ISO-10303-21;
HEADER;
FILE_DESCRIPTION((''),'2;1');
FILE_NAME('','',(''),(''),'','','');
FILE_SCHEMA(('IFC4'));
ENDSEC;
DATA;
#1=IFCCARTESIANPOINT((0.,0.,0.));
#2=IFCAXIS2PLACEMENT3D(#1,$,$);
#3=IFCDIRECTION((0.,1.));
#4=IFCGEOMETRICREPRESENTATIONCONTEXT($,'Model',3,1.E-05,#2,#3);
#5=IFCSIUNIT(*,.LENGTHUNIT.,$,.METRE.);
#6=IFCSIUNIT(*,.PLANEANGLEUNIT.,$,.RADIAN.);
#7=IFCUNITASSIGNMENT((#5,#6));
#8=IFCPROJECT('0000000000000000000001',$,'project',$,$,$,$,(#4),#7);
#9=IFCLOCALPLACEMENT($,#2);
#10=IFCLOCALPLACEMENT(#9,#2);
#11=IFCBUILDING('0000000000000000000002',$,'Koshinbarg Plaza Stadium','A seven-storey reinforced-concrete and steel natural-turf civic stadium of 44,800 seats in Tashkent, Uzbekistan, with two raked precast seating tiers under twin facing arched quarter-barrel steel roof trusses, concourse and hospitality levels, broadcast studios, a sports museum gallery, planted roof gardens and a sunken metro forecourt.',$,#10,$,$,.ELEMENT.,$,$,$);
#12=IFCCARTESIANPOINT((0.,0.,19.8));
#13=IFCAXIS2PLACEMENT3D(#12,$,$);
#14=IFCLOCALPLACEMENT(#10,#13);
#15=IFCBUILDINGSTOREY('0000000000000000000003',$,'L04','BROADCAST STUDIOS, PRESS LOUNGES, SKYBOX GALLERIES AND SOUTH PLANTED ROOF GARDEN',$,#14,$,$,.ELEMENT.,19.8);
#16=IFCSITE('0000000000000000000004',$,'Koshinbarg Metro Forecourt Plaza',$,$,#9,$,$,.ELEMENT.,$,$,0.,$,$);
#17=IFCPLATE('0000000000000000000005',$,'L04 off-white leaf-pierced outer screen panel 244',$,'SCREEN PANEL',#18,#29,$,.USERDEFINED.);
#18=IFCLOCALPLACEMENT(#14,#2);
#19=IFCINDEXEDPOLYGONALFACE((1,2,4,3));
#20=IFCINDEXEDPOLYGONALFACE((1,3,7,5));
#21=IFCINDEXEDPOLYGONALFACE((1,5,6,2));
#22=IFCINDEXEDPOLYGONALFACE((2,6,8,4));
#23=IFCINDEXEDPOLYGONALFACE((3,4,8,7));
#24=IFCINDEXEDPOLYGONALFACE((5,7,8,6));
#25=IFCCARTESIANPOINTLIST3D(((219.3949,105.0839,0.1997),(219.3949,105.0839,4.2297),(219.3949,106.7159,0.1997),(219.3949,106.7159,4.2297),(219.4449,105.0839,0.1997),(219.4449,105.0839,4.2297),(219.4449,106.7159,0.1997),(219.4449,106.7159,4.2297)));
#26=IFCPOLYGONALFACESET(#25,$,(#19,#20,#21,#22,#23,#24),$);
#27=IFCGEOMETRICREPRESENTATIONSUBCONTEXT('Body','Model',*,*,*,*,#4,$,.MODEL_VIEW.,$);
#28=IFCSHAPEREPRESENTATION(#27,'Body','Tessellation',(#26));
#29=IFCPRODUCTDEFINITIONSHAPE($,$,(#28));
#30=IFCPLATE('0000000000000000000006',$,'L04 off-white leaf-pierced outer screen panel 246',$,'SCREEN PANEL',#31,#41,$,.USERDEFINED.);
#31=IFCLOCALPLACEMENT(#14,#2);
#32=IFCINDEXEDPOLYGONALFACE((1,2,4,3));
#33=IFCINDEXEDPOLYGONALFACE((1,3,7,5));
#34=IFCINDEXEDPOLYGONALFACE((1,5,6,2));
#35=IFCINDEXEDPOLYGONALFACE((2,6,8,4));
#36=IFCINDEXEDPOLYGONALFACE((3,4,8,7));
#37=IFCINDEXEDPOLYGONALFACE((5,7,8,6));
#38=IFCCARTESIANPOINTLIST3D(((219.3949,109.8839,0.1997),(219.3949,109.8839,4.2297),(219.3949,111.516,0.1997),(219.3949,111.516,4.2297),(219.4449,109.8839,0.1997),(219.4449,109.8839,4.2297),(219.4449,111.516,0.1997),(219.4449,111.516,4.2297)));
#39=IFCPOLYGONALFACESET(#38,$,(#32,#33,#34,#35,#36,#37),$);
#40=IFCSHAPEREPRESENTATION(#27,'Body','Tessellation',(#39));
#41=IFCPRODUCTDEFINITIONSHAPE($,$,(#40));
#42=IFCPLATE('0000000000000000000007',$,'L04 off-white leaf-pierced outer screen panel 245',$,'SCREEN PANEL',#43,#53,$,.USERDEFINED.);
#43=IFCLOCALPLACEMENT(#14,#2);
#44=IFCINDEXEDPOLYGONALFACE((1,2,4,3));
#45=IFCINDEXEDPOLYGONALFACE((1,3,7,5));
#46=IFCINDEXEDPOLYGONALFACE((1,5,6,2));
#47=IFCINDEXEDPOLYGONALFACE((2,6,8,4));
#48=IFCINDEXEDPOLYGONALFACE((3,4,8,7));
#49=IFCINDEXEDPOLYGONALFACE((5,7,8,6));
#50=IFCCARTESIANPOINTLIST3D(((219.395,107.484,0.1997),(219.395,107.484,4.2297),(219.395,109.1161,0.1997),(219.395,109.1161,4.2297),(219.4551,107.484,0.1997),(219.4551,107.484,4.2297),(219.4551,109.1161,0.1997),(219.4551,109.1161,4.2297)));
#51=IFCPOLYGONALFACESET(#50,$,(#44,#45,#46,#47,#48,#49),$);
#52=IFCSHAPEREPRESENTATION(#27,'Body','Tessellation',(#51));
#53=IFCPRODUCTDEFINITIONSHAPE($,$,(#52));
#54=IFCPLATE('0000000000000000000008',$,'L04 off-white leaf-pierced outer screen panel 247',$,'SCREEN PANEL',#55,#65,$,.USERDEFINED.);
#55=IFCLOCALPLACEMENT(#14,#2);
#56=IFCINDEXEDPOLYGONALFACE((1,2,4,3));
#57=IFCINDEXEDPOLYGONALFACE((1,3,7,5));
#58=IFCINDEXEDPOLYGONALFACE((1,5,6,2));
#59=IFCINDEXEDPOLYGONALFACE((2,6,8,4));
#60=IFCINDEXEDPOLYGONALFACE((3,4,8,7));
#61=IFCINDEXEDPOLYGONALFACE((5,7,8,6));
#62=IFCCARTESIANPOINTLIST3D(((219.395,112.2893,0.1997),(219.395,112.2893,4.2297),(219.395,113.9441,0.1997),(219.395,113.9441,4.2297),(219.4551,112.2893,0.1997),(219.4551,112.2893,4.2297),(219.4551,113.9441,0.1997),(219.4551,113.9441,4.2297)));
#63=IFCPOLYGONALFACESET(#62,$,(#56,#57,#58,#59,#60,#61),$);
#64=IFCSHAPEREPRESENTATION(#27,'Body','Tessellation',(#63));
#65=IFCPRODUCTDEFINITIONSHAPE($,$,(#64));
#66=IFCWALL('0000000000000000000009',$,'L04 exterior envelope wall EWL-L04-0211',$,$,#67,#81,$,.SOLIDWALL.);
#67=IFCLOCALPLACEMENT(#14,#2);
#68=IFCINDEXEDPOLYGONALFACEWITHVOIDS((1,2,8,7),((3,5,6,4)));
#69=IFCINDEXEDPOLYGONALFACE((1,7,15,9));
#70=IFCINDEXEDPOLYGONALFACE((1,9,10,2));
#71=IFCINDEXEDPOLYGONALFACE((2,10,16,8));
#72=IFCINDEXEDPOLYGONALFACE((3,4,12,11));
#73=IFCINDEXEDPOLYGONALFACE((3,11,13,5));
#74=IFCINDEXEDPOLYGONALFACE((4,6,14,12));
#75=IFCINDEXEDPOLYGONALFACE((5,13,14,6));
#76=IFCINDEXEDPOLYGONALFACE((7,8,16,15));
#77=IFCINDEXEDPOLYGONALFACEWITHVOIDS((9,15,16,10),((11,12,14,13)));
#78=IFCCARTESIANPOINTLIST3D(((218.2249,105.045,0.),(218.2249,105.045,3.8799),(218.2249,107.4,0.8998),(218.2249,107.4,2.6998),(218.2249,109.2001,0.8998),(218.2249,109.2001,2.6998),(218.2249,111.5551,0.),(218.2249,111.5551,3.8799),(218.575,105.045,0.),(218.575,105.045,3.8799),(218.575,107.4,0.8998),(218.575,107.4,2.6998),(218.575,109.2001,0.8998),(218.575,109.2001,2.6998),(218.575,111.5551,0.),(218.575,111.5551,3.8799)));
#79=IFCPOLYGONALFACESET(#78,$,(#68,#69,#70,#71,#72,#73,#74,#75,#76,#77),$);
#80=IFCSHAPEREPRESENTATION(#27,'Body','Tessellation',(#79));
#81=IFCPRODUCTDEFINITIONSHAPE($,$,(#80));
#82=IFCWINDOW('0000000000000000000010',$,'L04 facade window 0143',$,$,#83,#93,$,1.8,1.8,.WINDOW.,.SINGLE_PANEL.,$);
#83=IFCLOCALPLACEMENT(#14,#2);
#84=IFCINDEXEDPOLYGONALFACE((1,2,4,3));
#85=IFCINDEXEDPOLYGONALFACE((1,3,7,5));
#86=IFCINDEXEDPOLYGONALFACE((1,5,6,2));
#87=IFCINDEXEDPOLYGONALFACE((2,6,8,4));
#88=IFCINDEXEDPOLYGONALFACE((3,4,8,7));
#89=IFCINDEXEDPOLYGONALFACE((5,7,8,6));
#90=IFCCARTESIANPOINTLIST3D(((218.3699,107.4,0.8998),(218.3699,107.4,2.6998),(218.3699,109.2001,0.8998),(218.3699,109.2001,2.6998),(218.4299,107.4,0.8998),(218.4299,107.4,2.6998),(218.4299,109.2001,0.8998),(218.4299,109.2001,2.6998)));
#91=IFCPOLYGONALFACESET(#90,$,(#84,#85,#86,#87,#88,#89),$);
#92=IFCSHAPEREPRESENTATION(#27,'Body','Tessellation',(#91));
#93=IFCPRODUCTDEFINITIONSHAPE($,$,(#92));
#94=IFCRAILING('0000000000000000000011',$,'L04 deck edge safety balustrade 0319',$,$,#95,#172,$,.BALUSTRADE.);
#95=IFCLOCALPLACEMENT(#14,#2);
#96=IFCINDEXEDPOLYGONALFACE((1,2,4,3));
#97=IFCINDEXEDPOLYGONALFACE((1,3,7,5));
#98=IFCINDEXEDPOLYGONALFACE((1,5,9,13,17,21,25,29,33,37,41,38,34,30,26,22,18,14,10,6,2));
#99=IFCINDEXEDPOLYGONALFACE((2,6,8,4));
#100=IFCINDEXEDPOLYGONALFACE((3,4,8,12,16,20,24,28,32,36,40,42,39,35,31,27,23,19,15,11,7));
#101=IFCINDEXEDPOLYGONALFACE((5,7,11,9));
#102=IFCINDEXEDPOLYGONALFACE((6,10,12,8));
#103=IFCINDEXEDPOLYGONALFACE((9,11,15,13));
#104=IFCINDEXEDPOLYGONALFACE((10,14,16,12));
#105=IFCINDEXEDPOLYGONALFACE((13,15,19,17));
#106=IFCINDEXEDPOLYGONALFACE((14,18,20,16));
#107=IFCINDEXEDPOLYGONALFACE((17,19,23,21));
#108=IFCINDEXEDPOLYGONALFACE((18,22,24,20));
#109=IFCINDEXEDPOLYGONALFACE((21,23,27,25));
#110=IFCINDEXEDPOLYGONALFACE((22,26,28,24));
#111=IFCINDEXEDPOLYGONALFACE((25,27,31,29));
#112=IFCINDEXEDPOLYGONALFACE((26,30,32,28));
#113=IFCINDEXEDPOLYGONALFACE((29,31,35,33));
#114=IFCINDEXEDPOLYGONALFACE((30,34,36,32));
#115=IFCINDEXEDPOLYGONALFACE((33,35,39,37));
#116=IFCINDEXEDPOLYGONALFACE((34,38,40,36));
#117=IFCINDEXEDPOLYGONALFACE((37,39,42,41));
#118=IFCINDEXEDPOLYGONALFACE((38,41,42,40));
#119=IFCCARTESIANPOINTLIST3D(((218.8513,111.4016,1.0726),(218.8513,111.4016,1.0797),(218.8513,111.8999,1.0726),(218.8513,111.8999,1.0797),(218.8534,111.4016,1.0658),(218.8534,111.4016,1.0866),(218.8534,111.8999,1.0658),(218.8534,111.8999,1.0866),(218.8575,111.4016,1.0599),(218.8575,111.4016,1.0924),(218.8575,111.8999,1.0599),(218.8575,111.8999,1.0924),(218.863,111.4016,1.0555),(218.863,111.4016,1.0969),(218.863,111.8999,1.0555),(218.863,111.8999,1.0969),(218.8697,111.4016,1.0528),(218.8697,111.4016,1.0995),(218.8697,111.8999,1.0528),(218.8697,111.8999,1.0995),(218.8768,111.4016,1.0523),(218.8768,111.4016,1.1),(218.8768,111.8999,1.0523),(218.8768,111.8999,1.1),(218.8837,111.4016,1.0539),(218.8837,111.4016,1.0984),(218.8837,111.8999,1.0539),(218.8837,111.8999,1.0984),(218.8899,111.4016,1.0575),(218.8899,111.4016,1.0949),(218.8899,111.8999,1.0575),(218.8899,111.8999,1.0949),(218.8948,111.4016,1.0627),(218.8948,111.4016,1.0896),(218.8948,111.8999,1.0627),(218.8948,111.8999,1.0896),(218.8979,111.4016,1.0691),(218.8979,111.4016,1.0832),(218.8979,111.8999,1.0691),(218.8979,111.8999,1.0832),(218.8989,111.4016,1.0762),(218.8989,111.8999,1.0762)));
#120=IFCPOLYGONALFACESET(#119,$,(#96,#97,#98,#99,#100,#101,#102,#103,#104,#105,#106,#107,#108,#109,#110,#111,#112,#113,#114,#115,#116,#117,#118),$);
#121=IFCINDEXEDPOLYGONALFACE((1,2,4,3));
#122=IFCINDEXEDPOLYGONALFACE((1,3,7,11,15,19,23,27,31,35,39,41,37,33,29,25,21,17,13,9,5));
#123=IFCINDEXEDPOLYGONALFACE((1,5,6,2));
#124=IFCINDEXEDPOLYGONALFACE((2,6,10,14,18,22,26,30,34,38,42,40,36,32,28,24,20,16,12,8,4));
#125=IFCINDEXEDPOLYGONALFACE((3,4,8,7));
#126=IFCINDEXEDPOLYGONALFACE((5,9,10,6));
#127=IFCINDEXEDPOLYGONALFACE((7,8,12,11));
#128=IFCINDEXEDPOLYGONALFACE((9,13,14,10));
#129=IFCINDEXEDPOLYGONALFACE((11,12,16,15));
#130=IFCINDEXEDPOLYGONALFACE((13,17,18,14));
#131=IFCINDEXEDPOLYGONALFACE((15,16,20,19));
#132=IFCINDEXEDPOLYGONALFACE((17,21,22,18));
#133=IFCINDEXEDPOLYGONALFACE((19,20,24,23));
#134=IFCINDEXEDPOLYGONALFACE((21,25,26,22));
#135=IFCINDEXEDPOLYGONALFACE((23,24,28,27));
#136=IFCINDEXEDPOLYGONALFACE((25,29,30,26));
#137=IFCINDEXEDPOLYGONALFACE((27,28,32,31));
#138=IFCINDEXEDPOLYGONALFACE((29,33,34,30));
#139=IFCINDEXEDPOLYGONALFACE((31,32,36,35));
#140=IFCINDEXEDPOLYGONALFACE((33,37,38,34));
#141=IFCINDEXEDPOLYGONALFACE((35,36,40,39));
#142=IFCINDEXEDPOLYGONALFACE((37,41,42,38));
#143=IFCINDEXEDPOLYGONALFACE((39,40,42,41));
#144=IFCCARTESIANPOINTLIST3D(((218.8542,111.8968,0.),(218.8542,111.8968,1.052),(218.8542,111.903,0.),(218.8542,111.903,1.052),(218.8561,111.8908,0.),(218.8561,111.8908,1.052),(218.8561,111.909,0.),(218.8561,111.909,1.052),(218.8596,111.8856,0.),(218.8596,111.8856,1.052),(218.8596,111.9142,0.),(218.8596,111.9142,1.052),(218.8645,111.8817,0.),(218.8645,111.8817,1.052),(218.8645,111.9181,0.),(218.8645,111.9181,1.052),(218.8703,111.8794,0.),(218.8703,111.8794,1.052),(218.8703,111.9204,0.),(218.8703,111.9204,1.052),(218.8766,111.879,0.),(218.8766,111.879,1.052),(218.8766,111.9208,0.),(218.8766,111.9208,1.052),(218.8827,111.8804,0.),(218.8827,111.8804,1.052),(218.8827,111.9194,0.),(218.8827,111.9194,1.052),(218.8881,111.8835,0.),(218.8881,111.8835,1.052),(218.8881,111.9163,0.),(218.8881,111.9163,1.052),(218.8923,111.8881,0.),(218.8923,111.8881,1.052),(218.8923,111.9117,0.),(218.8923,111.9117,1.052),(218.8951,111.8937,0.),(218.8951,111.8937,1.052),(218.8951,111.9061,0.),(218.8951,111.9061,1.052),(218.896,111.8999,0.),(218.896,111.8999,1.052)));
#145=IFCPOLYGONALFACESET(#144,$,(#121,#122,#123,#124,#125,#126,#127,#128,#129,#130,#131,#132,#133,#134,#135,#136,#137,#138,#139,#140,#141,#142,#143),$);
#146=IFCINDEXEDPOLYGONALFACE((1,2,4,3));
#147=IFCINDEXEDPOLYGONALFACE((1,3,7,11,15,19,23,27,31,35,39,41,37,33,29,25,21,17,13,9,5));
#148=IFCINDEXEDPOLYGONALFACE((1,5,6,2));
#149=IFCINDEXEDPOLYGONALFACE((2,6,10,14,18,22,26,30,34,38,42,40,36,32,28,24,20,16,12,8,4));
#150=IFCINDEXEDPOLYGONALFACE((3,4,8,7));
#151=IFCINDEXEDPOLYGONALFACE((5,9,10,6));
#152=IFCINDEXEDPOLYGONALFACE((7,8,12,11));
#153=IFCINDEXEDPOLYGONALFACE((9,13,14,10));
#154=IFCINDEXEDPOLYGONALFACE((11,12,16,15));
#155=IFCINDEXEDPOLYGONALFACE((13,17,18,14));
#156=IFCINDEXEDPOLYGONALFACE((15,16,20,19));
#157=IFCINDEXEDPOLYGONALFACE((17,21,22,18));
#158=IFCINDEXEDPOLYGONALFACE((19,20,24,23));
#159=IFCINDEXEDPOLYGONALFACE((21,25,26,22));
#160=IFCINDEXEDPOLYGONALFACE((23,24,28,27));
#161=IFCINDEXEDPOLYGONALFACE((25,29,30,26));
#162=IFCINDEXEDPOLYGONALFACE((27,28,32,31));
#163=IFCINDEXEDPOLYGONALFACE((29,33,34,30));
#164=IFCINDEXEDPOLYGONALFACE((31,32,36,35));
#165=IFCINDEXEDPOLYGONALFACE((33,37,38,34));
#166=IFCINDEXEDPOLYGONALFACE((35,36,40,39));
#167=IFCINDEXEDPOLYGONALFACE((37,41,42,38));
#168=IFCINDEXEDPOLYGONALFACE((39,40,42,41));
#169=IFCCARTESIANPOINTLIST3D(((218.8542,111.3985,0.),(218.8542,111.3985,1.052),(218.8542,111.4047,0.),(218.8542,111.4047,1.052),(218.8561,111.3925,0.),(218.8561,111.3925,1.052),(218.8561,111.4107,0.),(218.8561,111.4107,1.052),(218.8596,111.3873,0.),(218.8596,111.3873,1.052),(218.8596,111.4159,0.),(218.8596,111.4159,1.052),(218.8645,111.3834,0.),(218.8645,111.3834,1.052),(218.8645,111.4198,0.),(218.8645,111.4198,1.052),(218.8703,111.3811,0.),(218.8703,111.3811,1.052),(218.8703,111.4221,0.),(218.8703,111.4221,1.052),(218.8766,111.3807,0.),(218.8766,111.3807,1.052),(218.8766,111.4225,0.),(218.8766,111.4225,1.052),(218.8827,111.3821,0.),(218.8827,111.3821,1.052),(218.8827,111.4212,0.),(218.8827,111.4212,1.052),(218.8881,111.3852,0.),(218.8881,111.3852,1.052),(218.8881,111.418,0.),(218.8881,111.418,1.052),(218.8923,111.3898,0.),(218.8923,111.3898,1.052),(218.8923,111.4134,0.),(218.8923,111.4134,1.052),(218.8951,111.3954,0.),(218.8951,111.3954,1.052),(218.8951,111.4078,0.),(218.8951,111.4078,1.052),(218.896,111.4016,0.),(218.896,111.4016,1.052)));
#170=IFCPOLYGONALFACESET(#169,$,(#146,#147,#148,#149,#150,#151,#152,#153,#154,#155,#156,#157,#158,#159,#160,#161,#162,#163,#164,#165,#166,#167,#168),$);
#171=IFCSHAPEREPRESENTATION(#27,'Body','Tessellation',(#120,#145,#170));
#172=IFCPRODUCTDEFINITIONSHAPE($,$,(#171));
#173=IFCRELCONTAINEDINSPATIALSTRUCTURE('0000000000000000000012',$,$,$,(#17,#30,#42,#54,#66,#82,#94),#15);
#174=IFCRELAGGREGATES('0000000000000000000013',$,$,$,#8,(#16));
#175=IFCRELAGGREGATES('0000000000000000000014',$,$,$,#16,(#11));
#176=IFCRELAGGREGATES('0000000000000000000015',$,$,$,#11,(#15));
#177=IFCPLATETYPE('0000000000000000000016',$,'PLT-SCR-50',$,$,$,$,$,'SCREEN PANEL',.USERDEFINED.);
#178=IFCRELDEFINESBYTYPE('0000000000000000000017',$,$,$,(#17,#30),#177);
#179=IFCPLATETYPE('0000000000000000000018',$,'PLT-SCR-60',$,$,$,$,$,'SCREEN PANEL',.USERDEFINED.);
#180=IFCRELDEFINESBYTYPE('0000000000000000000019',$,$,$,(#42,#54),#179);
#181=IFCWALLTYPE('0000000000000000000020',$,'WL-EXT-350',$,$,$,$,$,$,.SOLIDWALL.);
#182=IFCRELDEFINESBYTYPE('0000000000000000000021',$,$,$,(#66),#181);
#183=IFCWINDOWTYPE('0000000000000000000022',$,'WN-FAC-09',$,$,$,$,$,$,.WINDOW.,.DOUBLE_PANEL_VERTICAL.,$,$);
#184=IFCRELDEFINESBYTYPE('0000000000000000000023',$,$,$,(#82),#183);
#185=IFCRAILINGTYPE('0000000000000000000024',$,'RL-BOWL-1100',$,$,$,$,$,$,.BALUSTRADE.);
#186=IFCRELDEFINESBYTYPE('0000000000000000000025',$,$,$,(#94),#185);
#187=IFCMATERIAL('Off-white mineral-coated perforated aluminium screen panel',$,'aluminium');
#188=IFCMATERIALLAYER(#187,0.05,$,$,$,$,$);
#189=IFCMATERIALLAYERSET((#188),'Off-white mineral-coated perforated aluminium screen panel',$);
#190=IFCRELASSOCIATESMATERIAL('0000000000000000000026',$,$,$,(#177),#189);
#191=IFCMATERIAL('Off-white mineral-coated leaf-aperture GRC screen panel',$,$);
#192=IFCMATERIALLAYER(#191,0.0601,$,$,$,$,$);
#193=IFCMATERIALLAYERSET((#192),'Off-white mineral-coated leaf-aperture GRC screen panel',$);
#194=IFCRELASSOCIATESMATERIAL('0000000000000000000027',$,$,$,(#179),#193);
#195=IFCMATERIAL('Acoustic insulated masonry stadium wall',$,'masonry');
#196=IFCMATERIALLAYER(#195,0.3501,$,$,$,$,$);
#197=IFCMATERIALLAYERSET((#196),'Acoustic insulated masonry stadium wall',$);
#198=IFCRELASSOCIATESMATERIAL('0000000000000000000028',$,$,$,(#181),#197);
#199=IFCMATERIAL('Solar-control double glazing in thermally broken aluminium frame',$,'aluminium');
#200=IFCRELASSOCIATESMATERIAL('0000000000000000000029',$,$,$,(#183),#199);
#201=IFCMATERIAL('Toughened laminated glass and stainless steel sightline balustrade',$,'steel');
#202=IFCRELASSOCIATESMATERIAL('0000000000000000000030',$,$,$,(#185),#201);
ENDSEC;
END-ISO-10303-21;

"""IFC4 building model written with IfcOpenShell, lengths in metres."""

from ifc_helpers import new_model, si_unit, direction, frame, frame_2d, origin, origin_2d, place, context, subcontext, project, spatial, rectangle, circle, extrude, material, layer, layer_set, type_object, element, fill, save


model = new_model("IFC4")

# Units and contexts
model_context = context("Model", 3, precision=1e-05, world=origin(), true_north=direction((0.0, 1.0)))
body_context = subcontext(model_context, "Body", "Model", "MODEL_VIEW")
ifc_project = project(units=[si_unit("LENGTHUNIT", "METRE"), si_unit("PLANEANGLEUNIT", "RADIAN")], contexts=[model_context])

# Site, building, storey
site_placement = place(None, origin())
site = spatial("IfcSite", under=ifc_project, at=site_placement, Name="Koshinbarg Metro Forecourt Plaza", CompositionType="ELEMENT", RefElevation=0.0)
building_placement = place(site_placement, origin())
building = spatial("IfcBuilding", under=site, at=building_placement, Name="Koshinbarg Plaza Stadium", Description="A seven-storey reinforced-concrete and steel natural-turf civic stadium of 44,800 seats in Tashkent, Uzbekistan, with two raked precast seating tiers under twin facing arched quarter-barrel steel roof trusses, concourse and hospitality levels, broadcast studios, a sports museum gallery, planted roof gardens and a sunken metro forecourt.", CompositionType="ELEMENT")
storey_placement = place(building_placement, frame((0.0, 0.0, 19.8)))
storey = spatial("IfcBuildingStorey", under=building, at=storey_placement, Name="L04", Description="BROADCAST STUDIOS, PRESS LOUNGES, SKYBOX GALLERIES AND SOUTH PLANTED ROOF GARDEN", CompositionType="ELEMENT", Elevation=19.8)

# Plates
ifc_material_1 = material(Name="Off-white mineral-coated perforated aluminium screen panel", Category="aluminium")
ifc_layer_1 = layer(ifc_material_1, 0.05)
ifc_layer_set_1 = layer_set([ifc_layer_1], Name="Off-white mineral-coated perforated aluminium screen panel")
plate_type_1 = type_object("IfcPlateType", Name="PLT-SCR-50", ElementType="SCREEN PANEL", PredefinedType="USERDEFINED", material=ifc_layer_set_1)
for number, where, z_axis, x_axis, name in (
    (1, (219.4199, 105.8999, 0.1997), (0.0, 0.0, 1.0), (1.0, 0.0, 0.0), "L04 off-white leaf-pierced outer screen panel 244"),
    (2, (219.4199, 110.7, 0.1997), (0.0, 0.0, 1.0), (1.0, 0.0, 0.0), "L04 off-white leaf-pierced outer screen panel 246"),
):
    element("IfcPlate", number, at=place(storey_placement, frame(where, z_axis=z_axis, x_axis=x_axis)), inside=storey, type_object=plate_type_1, Name=name, ObjectType="SCREEN PANEL", PredefinedType="USERDEFINED", context=body_context, shape_type="SweptSolid", body=[
        extrude(rectangle(XDim=0.05, YDim=1.6321, at=origin_2d()), origin(), (0.0, 0.0, 1.0), 4.03),
    ])
ifc_material_2 = material(Name="Off-white mineral-coated leaf-aperture GRC screen panel")
ifc_layer_2 = layer(ifc_material_2, 0.0601)
ifc_layer_set_2 = layer_set([ifc_layer_2], Name="Off-white mineral-coated leaf-aperture GRC screen panel")
plate_type_2 = type_object("IfcPlateType", Name="PLT-SCR-60", ElementType="SCREEN PANEL", PredefinedType="USERDEFINED", material=ifc_layer_set_2)
plate_1_placement = place(storey_placement, frame((219.425, 108.3, 0.1997), z_axis=(0.0, 0.0, 1.0), x_axis=(1.0, 0.0, 0.0)))
element("IfcPlate", 3, at=plate_1_placement, inside=storey, type_object=plate_type_2, Name="L04 off-white leaf-pierced outer screen panel 245", ObjectType="SCREEN PANEL", PredefinedType="USERDEFINED", context=body_context, shape_type="SweptSolid", body=[
    extrude(rectangle(XDim=0.0601, YDim=1.6321, at=origin_2d()), origin(), (0.0, 0.0, 1.0), 4.03),
])
plate_2_placement = place(storey_placement, frame((219.425, 113.1167, 0.1997), z_axis=(0.0, 0.0, 1.0), x_axis=(1.0, 0.0, 0.0)))
element("IfcPlate", 4, at=plate_2_placement, inside=storey, type_object=plate_type_2, Name="L04 off-white leaf-pierced outer screen panel 247", ObjectType="SCREEN PANEL", PredefinedType="USERDEFINED", context=body_context, shape_type="SweptSolid", body=[
    extrude(rectangle(XDim=0.0601, YDim=1.6548, at=origin_2d()), origin(), (0.0, 0.0, 1.0), 4.03),
])

# Wall, opening, window
ifc_material_3 = material(Name="Acoustic insulated masonry stadium wall", Category="masonry")
ifc_layer_3 = layer(ifc_material_3, 0.3501)
ifc_layer_set_3 = layer_set([ifc_layer_3], Name="Acoustic insulated masonry stadium wall")
wall_type = type_object("IfcWallType", Name="WL-EXT-350", PredefinedType="SOLIDWALL", material=ifc_layer_set_3)
wall_placement = place(storey_placement, frame((218.3999, 111.5549, 0.0), z_axis=(0.0, 0.0, 1.0), x_axis=(0.0, -1.0, 0.0)))
wall = element("IfcWall", 5, at=wall_placement, inside=storey, type_object=wall_type, Name="L04 exterior envelope wall EWL-L04-0211", PredefinedType="SOLIDWALL", context=body_context, shape_type="SweptSolid", body=[
    extrude(rectangle(XDim=6.51, YDim=0.3501, at=frame_2d((3.2549, 0.0))), origin(), (0.0, 0.0, 1.0), 3.8799),
])
opening_placement = place(wall_placement, frame((2.355, 0.0, 0.8999)))
opening = element("IfcOpeningElement", 6, at=opening_placement, cuts=wall, PredefinedType="OPENING", context=body_context, shape_type="SweptSolid", body=[
    extrude(rectangle(XDim=1.8, YDim=1.8, at=frame_2d((0.8999, 0.8999))), frame((0.0, 0.1851, 0.0), z_axis=(0.0, -1.0, 0.0), x_axis=(1.0, 0.0, 0.0)), (0.0, 0.0, 1.0), 0.3701),
])
ifc_material_4 = material(Name="Solar-control double glazing in thermally broken aluminium frame", Category="aluminium")
window_type = type_object("IfcWindowType", Name="WN-FAC-09", PartitioningType="DOUBLE_PANEL_VERTICAL", PredefinedType="WINDOW", material=ifc_material_4)
window_placement = place(opening_placement, origin())
window = element("IfcWindow", 7, at=window_placement, inside=storey, type_object=window_type, Name="L04 facade window 0143", OverallHeight=1.8, OverallWidth=1.8, PartitioningType="SINGLE_PANEL", PredefinedType="WINDOW", context=body_context, shape_type="SweptSolid", body=[
    extrude(rectangle(XDim=1.8, YDim=1.8, at=frame_2d((0.8999, 0.8999))), frame((0.0, 0.03, 0.0), z_axis=(0.0, -1.0, 0.0), x_axis=(1.0, 0.0, 0.0)), (0.0, 0.0, 1.0), 0.0601),
])
fill(opening, window)

# Railing
ifc_material_5 = material(Name="Toughened laminated glass and stainless steel sightline balustrade", Category="steel")
railing_type = type_object("IfcRailingType", Name="RL-BOWL-1100", PredefinedType="BALUSTRADE", material=ifc_material_5)
railing_1_placement = place(storey_placement, frame((218.875, 111.8999, 0.0)))
element("IfcRailing", 8, at=railing_1_placement, inside=storey, type_object=railing_type, Name="L04 deck edge safety balustrade 0319", PredefinedType="BALUSTRADE", context=body_context, shape_type="SweptSolid", body=[
    extrude(circle(Radius=0.0239, at=origin_2d()), frame((0.0, 0.0, 1.0762), z_axis=(0.0, -1.0, 0.0), x_axis=(1.0, 0.0, 0.0)), (0.0, 0.0, 1.0), 0.4983),
    extrude(circle(Radius=0.021, at=origin_2d()), origin(), (0.0, 0.0, 1.0), 1.052),
    extrude(circle(Radius=0.021, at=origin_2d()), frame((0.0, -0.4983, 0.0)), (0.0, 0.0, 1.0), 1.052),
])

save(model, "model.ifc")
